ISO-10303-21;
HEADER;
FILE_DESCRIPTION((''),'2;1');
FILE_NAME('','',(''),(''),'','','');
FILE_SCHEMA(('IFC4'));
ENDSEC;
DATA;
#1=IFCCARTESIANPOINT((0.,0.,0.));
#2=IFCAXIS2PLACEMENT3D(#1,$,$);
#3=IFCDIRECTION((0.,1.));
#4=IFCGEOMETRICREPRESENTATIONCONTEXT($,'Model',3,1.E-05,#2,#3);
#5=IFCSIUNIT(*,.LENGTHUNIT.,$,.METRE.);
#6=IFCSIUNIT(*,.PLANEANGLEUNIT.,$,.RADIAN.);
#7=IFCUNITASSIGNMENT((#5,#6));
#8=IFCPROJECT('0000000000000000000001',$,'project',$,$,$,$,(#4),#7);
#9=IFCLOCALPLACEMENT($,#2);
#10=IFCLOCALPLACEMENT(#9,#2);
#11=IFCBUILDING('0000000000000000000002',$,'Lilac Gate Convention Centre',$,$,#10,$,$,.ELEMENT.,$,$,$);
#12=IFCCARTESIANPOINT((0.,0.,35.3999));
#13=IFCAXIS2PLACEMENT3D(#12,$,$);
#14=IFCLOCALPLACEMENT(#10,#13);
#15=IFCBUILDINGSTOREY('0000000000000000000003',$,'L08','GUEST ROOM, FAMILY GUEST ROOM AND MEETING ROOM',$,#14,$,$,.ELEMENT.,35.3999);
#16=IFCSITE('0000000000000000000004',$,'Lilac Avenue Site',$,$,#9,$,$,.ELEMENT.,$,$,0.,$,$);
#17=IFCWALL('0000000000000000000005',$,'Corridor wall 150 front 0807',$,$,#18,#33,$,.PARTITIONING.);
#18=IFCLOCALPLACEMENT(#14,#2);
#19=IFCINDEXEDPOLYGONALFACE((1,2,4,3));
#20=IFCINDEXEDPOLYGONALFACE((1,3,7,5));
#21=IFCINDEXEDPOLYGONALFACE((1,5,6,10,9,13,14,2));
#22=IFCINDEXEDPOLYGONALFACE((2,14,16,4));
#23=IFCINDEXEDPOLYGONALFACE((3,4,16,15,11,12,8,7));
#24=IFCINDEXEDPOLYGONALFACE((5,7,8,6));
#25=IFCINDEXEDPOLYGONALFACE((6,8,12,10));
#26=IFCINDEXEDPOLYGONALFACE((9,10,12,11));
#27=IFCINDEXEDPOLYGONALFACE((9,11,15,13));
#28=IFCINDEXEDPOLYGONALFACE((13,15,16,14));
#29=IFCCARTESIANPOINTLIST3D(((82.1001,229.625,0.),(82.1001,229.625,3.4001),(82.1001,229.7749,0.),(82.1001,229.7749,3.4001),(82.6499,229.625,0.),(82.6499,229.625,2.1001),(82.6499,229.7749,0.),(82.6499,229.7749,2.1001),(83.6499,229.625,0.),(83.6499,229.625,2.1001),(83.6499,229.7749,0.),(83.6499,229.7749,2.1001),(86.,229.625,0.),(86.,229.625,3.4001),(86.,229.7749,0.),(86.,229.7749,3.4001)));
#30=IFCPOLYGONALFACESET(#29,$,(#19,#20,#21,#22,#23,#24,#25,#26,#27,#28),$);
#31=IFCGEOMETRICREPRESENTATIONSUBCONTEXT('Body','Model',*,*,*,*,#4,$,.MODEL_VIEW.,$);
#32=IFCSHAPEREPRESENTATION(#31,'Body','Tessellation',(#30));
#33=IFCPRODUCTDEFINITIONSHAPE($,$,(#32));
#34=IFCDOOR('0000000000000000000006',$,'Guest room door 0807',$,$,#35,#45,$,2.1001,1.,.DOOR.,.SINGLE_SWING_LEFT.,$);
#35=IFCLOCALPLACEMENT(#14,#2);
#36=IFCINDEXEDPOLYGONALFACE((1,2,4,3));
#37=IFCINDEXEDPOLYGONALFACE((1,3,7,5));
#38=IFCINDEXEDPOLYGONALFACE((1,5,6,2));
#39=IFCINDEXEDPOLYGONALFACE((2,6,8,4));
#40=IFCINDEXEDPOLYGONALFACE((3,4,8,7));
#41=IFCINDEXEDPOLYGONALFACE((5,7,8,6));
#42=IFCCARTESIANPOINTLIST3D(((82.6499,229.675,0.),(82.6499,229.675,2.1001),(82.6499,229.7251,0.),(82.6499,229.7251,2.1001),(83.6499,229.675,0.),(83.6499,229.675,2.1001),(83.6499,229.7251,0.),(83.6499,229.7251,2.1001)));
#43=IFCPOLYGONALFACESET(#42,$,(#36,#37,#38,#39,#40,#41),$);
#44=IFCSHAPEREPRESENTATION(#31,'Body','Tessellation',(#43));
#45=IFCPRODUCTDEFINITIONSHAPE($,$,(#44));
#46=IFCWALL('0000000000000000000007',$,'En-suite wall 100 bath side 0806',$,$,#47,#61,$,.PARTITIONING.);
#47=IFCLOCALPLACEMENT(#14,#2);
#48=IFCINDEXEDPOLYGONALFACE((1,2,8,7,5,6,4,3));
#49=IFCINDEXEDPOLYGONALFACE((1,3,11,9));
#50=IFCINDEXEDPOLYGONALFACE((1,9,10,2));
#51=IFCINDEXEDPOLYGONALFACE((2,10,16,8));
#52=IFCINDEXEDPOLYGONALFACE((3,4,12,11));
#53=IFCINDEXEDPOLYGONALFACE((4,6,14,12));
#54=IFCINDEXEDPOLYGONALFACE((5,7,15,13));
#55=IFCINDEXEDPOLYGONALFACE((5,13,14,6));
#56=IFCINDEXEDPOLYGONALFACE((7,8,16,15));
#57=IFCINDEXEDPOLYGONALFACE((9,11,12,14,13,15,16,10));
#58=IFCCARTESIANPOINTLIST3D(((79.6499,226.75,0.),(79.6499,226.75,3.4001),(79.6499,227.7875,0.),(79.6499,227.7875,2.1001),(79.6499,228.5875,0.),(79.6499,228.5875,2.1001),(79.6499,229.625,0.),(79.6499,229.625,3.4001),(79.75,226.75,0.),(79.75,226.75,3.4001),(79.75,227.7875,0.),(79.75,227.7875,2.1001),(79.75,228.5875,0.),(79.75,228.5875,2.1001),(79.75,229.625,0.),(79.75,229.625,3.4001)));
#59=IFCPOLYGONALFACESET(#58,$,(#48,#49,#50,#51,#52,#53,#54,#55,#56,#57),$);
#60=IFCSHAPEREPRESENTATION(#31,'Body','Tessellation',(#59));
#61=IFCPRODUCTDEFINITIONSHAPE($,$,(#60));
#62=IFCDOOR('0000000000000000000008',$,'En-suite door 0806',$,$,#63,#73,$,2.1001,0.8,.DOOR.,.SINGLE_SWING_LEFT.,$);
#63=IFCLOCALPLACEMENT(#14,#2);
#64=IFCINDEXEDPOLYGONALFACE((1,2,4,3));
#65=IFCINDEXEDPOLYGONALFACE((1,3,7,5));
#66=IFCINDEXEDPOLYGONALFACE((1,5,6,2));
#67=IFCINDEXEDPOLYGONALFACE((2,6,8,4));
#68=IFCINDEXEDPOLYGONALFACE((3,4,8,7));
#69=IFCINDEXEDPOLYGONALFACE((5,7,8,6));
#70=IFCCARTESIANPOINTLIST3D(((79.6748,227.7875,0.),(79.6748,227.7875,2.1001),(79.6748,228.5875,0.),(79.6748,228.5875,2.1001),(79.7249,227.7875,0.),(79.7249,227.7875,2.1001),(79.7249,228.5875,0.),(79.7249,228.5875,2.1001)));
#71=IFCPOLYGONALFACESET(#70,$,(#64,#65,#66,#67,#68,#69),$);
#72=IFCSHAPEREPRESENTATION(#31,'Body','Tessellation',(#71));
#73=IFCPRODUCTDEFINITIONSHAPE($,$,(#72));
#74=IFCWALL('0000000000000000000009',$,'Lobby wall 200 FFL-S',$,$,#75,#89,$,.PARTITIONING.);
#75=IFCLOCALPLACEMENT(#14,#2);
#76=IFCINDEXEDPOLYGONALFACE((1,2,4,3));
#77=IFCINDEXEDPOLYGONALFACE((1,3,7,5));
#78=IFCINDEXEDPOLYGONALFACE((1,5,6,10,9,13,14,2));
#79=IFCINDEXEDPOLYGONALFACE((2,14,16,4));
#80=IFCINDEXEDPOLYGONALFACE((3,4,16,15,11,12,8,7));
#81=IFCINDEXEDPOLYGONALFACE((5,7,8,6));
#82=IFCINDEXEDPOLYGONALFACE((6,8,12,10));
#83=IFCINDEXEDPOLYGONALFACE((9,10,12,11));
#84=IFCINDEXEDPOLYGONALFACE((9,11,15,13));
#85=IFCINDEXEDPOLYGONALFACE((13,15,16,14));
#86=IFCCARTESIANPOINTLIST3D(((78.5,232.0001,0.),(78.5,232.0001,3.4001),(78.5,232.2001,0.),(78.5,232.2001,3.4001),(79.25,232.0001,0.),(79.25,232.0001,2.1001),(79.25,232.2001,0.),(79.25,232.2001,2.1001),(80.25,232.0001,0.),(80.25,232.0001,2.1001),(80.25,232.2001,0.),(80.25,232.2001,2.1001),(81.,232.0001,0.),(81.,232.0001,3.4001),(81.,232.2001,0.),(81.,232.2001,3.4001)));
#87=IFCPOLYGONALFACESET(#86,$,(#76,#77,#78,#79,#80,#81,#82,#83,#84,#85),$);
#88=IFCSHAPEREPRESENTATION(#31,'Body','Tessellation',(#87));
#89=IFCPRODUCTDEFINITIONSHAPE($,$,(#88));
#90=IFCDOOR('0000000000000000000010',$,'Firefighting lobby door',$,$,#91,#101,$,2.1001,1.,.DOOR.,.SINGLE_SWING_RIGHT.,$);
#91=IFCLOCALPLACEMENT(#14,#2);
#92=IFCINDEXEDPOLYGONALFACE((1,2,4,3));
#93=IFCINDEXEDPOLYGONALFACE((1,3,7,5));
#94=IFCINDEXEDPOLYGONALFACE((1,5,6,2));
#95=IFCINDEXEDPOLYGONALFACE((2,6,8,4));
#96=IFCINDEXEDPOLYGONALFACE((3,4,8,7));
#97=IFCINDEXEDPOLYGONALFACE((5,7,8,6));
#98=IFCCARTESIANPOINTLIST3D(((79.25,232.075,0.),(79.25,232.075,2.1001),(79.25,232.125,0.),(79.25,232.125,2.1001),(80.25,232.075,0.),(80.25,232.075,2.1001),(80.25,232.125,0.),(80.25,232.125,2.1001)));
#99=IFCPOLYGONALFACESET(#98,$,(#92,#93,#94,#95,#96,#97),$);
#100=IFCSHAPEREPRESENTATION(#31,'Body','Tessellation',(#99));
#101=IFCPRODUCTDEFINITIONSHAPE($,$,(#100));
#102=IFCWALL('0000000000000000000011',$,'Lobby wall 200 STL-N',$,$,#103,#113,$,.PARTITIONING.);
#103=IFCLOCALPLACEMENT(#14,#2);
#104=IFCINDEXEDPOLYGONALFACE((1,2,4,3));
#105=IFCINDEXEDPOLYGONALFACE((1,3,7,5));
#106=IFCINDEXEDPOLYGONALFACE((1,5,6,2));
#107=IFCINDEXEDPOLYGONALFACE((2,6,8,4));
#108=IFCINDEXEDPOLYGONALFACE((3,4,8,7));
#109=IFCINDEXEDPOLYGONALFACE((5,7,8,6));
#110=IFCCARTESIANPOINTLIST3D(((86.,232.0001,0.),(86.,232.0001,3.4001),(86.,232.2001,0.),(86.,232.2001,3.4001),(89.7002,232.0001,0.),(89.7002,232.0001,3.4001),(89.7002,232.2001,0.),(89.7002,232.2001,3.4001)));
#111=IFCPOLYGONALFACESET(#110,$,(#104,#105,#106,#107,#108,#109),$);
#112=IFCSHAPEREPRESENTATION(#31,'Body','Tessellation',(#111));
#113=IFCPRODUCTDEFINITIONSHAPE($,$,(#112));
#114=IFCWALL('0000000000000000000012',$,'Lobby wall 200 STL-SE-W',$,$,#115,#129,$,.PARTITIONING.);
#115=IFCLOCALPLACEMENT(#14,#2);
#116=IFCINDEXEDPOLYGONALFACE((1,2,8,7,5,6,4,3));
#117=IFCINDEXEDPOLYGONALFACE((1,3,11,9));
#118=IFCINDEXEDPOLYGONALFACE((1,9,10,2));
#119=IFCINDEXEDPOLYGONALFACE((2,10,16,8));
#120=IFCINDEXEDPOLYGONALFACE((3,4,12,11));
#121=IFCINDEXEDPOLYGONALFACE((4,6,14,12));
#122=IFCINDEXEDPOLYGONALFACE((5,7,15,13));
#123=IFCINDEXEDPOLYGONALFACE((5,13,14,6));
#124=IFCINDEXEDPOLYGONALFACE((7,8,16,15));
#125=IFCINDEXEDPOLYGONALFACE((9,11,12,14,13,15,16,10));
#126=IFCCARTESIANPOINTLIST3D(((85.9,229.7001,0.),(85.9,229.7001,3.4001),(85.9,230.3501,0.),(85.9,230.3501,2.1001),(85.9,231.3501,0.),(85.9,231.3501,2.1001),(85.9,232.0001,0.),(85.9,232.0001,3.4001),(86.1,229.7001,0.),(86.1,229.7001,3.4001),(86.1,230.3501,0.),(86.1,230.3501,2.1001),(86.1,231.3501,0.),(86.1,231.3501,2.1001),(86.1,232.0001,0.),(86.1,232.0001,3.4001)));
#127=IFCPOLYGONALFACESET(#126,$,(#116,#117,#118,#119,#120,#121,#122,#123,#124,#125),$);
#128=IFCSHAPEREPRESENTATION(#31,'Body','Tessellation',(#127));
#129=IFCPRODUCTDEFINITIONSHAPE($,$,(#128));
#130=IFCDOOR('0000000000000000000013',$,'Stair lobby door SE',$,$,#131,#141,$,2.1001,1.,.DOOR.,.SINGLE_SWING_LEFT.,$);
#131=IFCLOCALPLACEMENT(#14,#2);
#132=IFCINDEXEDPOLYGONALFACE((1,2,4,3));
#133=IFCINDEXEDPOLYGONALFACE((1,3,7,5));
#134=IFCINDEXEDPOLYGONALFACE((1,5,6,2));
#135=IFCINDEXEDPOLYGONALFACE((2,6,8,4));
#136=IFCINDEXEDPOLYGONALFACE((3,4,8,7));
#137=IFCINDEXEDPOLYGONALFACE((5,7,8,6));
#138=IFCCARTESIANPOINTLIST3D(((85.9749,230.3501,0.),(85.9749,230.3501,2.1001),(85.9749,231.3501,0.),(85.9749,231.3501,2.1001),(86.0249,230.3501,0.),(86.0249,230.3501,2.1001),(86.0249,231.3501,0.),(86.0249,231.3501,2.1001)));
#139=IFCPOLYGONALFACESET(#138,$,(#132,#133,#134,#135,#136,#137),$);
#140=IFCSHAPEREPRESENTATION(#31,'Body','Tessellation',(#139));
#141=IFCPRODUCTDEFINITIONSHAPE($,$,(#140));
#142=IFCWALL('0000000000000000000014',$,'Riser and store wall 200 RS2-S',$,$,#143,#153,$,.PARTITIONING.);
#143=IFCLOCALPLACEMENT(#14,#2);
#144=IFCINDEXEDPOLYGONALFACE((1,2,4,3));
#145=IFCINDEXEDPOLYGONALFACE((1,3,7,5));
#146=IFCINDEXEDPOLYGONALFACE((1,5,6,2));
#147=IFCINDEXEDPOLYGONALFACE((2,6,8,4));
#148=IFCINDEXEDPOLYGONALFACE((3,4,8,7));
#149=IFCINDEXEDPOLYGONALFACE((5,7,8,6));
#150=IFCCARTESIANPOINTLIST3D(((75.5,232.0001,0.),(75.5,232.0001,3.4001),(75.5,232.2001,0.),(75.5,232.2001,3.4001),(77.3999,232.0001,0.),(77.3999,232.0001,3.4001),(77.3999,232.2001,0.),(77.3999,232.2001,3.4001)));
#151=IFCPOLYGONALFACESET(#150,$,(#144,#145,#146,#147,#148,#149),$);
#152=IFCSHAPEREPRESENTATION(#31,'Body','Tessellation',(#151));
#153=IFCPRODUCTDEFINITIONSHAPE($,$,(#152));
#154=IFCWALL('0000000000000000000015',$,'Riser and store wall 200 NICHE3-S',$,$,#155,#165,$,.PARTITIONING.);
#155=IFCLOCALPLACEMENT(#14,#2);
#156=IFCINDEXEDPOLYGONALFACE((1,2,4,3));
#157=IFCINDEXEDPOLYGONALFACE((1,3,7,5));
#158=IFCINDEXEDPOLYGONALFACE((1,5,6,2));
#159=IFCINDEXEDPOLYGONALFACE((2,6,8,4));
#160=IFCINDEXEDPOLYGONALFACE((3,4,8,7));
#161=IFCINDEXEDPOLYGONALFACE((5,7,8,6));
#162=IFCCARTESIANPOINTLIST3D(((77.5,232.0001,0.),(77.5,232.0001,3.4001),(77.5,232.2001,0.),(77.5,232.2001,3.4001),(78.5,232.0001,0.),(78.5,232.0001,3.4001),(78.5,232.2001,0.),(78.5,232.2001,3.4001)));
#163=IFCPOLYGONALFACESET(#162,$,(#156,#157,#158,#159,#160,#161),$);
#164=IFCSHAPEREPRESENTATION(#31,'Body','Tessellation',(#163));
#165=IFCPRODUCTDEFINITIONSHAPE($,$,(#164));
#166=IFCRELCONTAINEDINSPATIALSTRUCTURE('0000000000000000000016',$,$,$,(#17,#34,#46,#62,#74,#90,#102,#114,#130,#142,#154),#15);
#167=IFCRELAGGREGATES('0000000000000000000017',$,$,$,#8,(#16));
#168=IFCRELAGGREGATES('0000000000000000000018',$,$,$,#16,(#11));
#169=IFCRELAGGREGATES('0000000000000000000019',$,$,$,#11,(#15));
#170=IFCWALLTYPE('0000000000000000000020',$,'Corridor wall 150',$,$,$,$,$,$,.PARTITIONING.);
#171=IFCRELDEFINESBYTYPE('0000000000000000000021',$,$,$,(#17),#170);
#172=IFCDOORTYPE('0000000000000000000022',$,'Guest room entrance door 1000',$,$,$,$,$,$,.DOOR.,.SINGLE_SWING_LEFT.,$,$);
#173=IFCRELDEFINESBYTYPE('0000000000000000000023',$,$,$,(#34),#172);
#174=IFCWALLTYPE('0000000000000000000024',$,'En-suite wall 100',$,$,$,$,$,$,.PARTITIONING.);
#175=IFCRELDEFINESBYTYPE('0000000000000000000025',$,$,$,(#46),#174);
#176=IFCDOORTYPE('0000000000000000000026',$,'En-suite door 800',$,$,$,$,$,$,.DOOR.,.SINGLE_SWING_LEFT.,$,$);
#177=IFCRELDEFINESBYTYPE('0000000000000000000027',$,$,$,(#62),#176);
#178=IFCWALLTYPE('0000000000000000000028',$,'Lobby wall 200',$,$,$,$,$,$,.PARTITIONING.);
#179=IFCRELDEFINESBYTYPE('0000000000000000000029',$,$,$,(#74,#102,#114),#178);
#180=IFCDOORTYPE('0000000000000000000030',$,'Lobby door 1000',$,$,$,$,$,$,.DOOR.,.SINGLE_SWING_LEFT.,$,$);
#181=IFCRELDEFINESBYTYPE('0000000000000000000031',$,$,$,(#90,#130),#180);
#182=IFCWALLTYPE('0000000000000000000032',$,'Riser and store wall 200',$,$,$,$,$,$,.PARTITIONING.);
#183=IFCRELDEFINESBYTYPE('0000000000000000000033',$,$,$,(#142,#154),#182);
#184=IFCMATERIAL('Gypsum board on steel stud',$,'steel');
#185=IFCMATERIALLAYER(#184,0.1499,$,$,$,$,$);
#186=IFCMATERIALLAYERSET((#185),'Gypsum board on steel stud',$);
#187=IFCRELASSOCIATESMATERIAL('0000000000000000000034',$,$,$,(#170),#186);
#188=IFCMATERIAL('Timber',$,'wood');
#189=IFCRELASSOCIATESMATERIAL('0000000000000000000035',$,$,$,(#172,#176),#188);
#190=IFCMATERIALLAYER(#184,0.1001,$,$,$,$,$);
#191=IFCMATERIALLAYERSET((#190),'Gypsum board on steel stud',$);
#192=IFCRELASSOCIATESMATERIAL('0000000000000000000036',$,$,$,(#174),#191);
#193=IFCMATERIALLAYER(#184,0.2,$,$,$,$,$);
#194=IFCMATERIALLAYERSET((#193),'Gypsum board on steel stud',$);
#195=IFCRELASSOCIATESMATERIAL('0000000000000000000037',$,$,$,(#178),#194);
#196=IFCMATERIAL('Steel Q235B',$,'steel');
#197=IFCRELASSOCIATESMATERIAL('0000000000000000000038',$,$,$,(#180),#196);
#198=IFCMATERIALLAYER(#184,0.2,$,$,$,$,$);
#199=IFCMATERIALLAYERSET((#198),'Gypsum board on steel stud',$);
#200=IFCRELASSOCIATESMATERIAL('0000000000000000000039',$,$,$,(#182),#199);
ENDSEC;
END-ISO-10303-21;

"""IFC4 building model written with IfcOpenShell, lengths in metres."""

from ifc_helpers import new_model, si_unit, direction, frame, frame_2d, origin, place, context, subcontext, project, spatial, rectangle, extrude, material, layer, layer_set, type_object, element, fill, save


model = new_model("IFC4")

# Units and contexts
model_context = context("Model", 3, precision=1e-05, world=origin(), true_north=direction((0.0, 1.0)))
body_context = subcontext(model_context, "Body", "Model", "MODEL_VIEW")
ifc_project = project(units=[si_unit("LENGTHUNIT", "METRE"), si_unit("PLANEANGLEUNIT", "RADIAN")], contexts=[model_context])

# Site, building, storey
site_placement = place(None, origin())
site = spatial("IfcSite", under=ifc_project, at=site_placement, Name="Lilac Avenue Site", CompositionType="ELEMENT", RefElevation=0.0)
building_placement = place(site_placement, origin())
building = spatial("IfcBuilding", under=site, at=building_placement, Name="Lilac Gate Convention Centre", CompositionType="ELEMENT")
storey_placement = place(building_placement, frame((0.0, 0.0, 35.3999)))
storey = spatial("IfcBuildingStorey", under=building, at=storey_placement, Name="L08", Description="GUEST ROOM, FAMILY GUEST ROOM AND MEETING ROOM", CompositionType="ELEMENT", Elevation=35.3999)

# Shared definitions
ifc_material_1 = material(Name="Steel Q235B", Category="steel")

# Walls, openings, doors
ifc_material_2 = material(Name="Gypsum board on steel stud", Category="steel")
ifc_layer_1 = layer(ifc_material_2, 0.1499)
ifc_layer_set_1 = layer_set([ifc_layer_1], Name="Gypsum board on steel stud")
wall_type_1 = type_object("IfcWallType", Name="Corridor wall 150", PredefinedType="PARTITIONING", material=ifc_layer_set_1)
ifc_material_3 = material(Name="Timber", Category="wood")
door_type_1 = type_object("IfcDoorType", Name="Guest room entrance door 1000", OperationType="SINGLE_SWING_LEFT", PredefinedType="DOOR", material=ifc_material_3)
wall_1_placement = place(storey_placement, frame((86.0, 229.7, 0.0), z_axis=(0.0, 0.0, 1.0), x_axis=(-1.0, 0.0, 0.0)))
wall_1 = element("IfcWall", 1, at=wall_1_placement, inside=storey, type_object=wall_type_1, Name="Corridor wall 150 front 0807", PredefinedType="PARTITIONING", context=body_context, shape_type="SweptSolid", body=[
    extrude(rectangle(XDim=3.8999, YDim=0.1499, at=frame_2d((1.95, 0.0))), origin(), (0.0, 0.0, 1.0), 3.4001),
])
opening_1_placement = place(wall_1_placement, frame((2.3501, 0.0, 0.0)))
opening_1 = element("IfcOpeningElement", 2, at=opening_1_placement, cuts=wall_1, PredefinedType="OPENING", context=body_context, shape_type="SweptSolid", body=[
    extrude(rectangle(XDim=1.0, YDim=2.1001, at=frame_2d((0.5, 1.05))), frame((0.0, 0.085, 0.0), z_axis=(0.0, -1.0, 0.0), x_axis=(1.0, 0.0, 0.0)), (0.0, 0.0, 1.0), 0.1699),
])
door_1_placement = place(opening_1_placement, origin())
door_1 = element("IfcDoor", 3, at=door_1_placement, inside=storey, type_object=door_type_1, Name="Guest room door 0807", OperationType="SINGLE_SWING_LEFT", OverallHeight=2.1001, OverallWidth=1.0, PredefinedType="DOOR", context=body_context, shape_type="SweptSolid", body=[
    extrude(rectangle(XDim=1.0, YDim=2.1001, at=frame_2d((0.5, 1.05))), frame((0.0, 0.0249, 0.0), z_axis=(0.0, -1.0, 0.0), x_axis=(1.0, 0.0, 0.0)), (0.0, 0.0, 1.0), 0.05),
])
fill(opening_1, door_1)
ifc_layer_2 = layer(ifc_material_2, 0.1001)
ifc_layer_set_2 = layer_set([ifc_layer_2], Name="Gypsum board on steel stud")
wall_type_2 = type_object("IfcWallType", Name="En-suite wall 100", PredefinedType="PARTITIONING", material=ifc_layer_set_2)
wall_2_placement = place(storey_placement, frame((79.7, 229.625, 0.0), z_axis=(0.0, 0.0, 1.0), x_axis=(0.0, -1.0, 0.0)))
wall_2 = element("IfcWall", 4, at=wall_2_placement, inside=storey, type_object=wall_type_2, Name="En-suite wall 100 bath side 0806", PredefinedType="PARTITIONING", context=body_context, shape_type="SweptSolid", body=[
    extrude(rectangle(XDim=2.875, YDim=0.1001, at=frame_2d((1.4375, 0.0))), origin(), (0.0, 0.0, 1.0), 3.4001),
])
opening_2_placement = place(wall_2_placement, frame((1.0376, 0.0, 0.0)))
opening_2 = element("IfcOpeningElement", 5, at=opening_2_placement, cuts=wall_2, PredefinedType="OPENING", context=body_context, shape_type="SweptSolid", body=[
    extrude(rectangle(XDim=0.8, YDim=2.1001, at=frame_2d((0.3999, 1.05))), frame((0.0, 0.0601, 0.0), z_axis=(0.0, -1.0, 0.0), x_axis=(1.0, 0.0, 0.0)), (0.0, 0.0, 1.0), 0.1201),
])
door_type_2 = type_object("IfcDoorType", Name="En-suite door 800", OperationType="SINGLE_SWING_LEFT", PredefinedType="DOOR", material=ifc_material_3)
door_2_placement = place(opening_2_placement, origin())
door_2 = element("IfcDoor", 6, at=door_2_placement, inside=storey, type_object=door_type_2, Name="En-suite door 0806", OperationType="SINGLE_SWING_LEFT", OverallHeight=2.1001, OverallWidth=0.8, PredefinedType="DOOR", context=body_context, shape_type="SweptSolid", body=[
    extrude(rectangle(XDim=0.8, YDim=2.1001, at=frame_2d((0.3999, 1.05))), frame((0.0, 0.0249, 0.0), z_axis=(0.0, -1.0, 0.0), x_axis=(1.0, 0.0, 0.0)), (0.0, 0.0, 1.0), 0.05),
])
fill(opening_2, door_2)
ifc_layer_3 = layer(ifc_material_2, 0.2)
ifc_layer_set_3 = layer_set([ifc_layer_3], Name="Gypsum board on steel stud")
wall_type_3 = type_object("IfcWallType", Name="Lobby wall 200", PredefinedType="PARTITIONING", material=ifc_layer_set_3)
wall_3_placement = place(storey_placement, frame((78.5, 232.1001, 0.0), z_axis=(0.0, 0.0, 1.0), x_axis=(1.0, 0.0, 0.0)))
wall_3 = element("IfcWall", 7, at=wall_3_placement, inside=storey, type_object=wall_type_3, Name="Lobby wall 200 FFL-S", PredefinedType="PARTITIONING", context=body_context, shape_type="SweptSolid", body=[
    extrude(rectangle(XDim=2.5, YDim=0.2, at=frame_2d((1.25, 0.0))), origin(), (0.0, 0.0, 1.0), 3.4001),
])
opening_3_placement = place(wall_3_placement, frame((0.75, 0.0, 0.0)))
opening_3 = element("IfcOpeningElement", 8, at=opening_3_placement, cuts=wall_3, PredefinedType="OPENING", context=body_context, shape_type="SweptSolid", body=[
    extrude(rectangle(XDim=1.0, YDim=2.1001, at=frame_2d((0.5, 1.05))), frame((0.0, 0.1099, 0.0), z_axis=(0.0, -1.0, 0.0), x_axis=(1.0, 0.0, 0.0)), (0.0, 0.0, 1.0), 0.22),
])
door_type_3 = type_object("IfcDoorType", Name="Lobby door 1000", OperationType="SINGLE_SWING_LEFT", PredefinedType="DOOR", material=ifc_material_1)
door_3_placement = place(opening_3_placement, origin())
door_3 = element("IfcDoor", 9, at=door_3_placement, inside=storey, type_object=door_type_3, Name="Firefighting lobby door", OperationType="SINGLE_SWING_RIGHT", OverallHeight=2.1001, OverallWidth=1.0, PredefinedType="DOOR", context=body_context, shape_type="SweptSolid", body=[
    extrude(rectangle(XDim=1.0, YDim=2.1001, at=frame_2d((0.5, 1.05))), frame((0.0, 0.0249, 0.0), z_axis=(0.0, -1.0, 0.0), x_axis=(1.0, 0.0, 0.0)), (0.0, 0.0, 1.0), 0.05),
])
fill(opening_3, door_3)

# Wall
wall_4_placement = place(storey_placement, frame((86.0, 232.1001, 0.0), z_axis=(0.0, 0.0, 1.0), x_axis=(1.0, 0.0, 0.0)))
element("IfcWall", 10, at=wall_4_placement, inside=storey, type_object=wall_type_3, Name="Lobby wall 200 STL-N", PredefinedType="PARTITIONING", context=body_context, shape_type="SweptSolid", body=[
    extrude(rectangle(XDim=3.7002, YDim=0.2, at=frame_2d((1.8501, 0.0))), origin(), (0.0, 0.0, 1.0), 3.4001),
])

# Wall, opening, door
wall_5_placement = place(storey_placement, frame((86.0, 232.0, 0.0), z_axis=(0.0, 0.0, 1.0), x_axis=(0.0, -1.0, 0.0)))
wall_5 = element("IfcWall", 11, at=wall_5_placement, inside=storey, type_object=wall_type_3, Name="Lobby wall 200 STL-SE-W", PredefinedType="PARTITIONING", context=body_context, shape_type="SweptSolid", body=[
    extrude(rectangle(XDim=2.3, YDim=0.2, at=frame_2d((1.1499, 0.0))), origin(), (0.0, 0.0, 1.0), 3.4001),
])
opening_4_placement = place(wall_5_placement, frame((0.6499, 0.0, 0.0)))
opening_4 = element("IfcOpeningElement", 12, at=opening_4_placement, cuts=wall_5, PredefinedType="OPENING", context=body_context, shape_type="SweptSolid", body=[
    extrude(rectangle(XDim=1.0, YDim=2.1001, at=frame_2d((0.5, 1.05))), frame((0.0, 0.1099, 0.0), z_axis=(0.0, -1.0, 0.0), x_axis=(1.0, 0.0, 0.0)), (0.0, 0.0, 1.0), 0.22),
])
door_4_placement = place(opening_4_placement, origin())
door_4 = element("IfcDoor", 13, at=door_4_placement, inside=storey, type_object=door_type_3, Name="Stair lobby door SE", OperationType="SINGLE_SWING_LEFT", OverallHeight=2.1001, OverallWidth=1.0, PredefinedType="DOOR", context=body_context, shape_type="SweptSolid", body=[
    extrude(rectangle(XDim=1.0, YDim=2.1001, at=frame_2d((0.5, 1.05))), frame((0.0, 0.0249, 0.0), z_axis=(0.0, -1.0, 0.0), x_axis=(1.0, 0.0, 0.0)), (0.0, 0.0, 1.0), 0.05),
])
fill(opening_4, door_4)

# Walls
ifc_layer_4 = layer(ifc_material_2, 0.2)
ifc_layer_set_4 = layer_set([ifc_layer_4], Name="Gypsum board on steel stud")
wall_type_4 = type_object("IfcWallType", Name="Riser and store wall 200", PredefinedType="PARTITIONING", material=ifc_layer_set_4)
wall_6_placement = place(storey_placement, frame((75.5, 232.1001, 0.0), z_axis=(0.0, 0.0, 1.0), x_axis=(1.0, 0.0, 0.0)))
element("IfcWall", 14, at=wall_6_placement, inside=storey, type_object=wall_type_4, Name="Riser and store wall 200 RS2-S", PredefinedType="PARTITIONING", context=body_context, shape_type="SweptSolid", body=[
    extrude(rectangle(XDim=1.8999, YDim=0.2, at=frame_2d((0.95, 0.0))), origin(), (0.0, 0.0, 1.0), 3.4001),
])
wall_7_placement = place(storey_placement, frame((77.5, 232.1001, 0.0), z_axis=(0.0, 0.0, 1.0), x_axis=(1.0, 0.0, 0.0)))
element("IfcWall", 15, at=wall_7_placement, inside=storey, type_object=wall_type_4, Name="Riser and store wall 200 NICHE3-S", PredefinedType="PARTITIONING", context=body_context, shape_type="SweptSolid", body=[
    extrude(rectangle(XDim=1.0, YDim=0.2, at=frame_2d((0.5, 0.0))), origin(), (0.0, 0.0, 1.0), 3.4001),
])

save(model, "model.ifc")
